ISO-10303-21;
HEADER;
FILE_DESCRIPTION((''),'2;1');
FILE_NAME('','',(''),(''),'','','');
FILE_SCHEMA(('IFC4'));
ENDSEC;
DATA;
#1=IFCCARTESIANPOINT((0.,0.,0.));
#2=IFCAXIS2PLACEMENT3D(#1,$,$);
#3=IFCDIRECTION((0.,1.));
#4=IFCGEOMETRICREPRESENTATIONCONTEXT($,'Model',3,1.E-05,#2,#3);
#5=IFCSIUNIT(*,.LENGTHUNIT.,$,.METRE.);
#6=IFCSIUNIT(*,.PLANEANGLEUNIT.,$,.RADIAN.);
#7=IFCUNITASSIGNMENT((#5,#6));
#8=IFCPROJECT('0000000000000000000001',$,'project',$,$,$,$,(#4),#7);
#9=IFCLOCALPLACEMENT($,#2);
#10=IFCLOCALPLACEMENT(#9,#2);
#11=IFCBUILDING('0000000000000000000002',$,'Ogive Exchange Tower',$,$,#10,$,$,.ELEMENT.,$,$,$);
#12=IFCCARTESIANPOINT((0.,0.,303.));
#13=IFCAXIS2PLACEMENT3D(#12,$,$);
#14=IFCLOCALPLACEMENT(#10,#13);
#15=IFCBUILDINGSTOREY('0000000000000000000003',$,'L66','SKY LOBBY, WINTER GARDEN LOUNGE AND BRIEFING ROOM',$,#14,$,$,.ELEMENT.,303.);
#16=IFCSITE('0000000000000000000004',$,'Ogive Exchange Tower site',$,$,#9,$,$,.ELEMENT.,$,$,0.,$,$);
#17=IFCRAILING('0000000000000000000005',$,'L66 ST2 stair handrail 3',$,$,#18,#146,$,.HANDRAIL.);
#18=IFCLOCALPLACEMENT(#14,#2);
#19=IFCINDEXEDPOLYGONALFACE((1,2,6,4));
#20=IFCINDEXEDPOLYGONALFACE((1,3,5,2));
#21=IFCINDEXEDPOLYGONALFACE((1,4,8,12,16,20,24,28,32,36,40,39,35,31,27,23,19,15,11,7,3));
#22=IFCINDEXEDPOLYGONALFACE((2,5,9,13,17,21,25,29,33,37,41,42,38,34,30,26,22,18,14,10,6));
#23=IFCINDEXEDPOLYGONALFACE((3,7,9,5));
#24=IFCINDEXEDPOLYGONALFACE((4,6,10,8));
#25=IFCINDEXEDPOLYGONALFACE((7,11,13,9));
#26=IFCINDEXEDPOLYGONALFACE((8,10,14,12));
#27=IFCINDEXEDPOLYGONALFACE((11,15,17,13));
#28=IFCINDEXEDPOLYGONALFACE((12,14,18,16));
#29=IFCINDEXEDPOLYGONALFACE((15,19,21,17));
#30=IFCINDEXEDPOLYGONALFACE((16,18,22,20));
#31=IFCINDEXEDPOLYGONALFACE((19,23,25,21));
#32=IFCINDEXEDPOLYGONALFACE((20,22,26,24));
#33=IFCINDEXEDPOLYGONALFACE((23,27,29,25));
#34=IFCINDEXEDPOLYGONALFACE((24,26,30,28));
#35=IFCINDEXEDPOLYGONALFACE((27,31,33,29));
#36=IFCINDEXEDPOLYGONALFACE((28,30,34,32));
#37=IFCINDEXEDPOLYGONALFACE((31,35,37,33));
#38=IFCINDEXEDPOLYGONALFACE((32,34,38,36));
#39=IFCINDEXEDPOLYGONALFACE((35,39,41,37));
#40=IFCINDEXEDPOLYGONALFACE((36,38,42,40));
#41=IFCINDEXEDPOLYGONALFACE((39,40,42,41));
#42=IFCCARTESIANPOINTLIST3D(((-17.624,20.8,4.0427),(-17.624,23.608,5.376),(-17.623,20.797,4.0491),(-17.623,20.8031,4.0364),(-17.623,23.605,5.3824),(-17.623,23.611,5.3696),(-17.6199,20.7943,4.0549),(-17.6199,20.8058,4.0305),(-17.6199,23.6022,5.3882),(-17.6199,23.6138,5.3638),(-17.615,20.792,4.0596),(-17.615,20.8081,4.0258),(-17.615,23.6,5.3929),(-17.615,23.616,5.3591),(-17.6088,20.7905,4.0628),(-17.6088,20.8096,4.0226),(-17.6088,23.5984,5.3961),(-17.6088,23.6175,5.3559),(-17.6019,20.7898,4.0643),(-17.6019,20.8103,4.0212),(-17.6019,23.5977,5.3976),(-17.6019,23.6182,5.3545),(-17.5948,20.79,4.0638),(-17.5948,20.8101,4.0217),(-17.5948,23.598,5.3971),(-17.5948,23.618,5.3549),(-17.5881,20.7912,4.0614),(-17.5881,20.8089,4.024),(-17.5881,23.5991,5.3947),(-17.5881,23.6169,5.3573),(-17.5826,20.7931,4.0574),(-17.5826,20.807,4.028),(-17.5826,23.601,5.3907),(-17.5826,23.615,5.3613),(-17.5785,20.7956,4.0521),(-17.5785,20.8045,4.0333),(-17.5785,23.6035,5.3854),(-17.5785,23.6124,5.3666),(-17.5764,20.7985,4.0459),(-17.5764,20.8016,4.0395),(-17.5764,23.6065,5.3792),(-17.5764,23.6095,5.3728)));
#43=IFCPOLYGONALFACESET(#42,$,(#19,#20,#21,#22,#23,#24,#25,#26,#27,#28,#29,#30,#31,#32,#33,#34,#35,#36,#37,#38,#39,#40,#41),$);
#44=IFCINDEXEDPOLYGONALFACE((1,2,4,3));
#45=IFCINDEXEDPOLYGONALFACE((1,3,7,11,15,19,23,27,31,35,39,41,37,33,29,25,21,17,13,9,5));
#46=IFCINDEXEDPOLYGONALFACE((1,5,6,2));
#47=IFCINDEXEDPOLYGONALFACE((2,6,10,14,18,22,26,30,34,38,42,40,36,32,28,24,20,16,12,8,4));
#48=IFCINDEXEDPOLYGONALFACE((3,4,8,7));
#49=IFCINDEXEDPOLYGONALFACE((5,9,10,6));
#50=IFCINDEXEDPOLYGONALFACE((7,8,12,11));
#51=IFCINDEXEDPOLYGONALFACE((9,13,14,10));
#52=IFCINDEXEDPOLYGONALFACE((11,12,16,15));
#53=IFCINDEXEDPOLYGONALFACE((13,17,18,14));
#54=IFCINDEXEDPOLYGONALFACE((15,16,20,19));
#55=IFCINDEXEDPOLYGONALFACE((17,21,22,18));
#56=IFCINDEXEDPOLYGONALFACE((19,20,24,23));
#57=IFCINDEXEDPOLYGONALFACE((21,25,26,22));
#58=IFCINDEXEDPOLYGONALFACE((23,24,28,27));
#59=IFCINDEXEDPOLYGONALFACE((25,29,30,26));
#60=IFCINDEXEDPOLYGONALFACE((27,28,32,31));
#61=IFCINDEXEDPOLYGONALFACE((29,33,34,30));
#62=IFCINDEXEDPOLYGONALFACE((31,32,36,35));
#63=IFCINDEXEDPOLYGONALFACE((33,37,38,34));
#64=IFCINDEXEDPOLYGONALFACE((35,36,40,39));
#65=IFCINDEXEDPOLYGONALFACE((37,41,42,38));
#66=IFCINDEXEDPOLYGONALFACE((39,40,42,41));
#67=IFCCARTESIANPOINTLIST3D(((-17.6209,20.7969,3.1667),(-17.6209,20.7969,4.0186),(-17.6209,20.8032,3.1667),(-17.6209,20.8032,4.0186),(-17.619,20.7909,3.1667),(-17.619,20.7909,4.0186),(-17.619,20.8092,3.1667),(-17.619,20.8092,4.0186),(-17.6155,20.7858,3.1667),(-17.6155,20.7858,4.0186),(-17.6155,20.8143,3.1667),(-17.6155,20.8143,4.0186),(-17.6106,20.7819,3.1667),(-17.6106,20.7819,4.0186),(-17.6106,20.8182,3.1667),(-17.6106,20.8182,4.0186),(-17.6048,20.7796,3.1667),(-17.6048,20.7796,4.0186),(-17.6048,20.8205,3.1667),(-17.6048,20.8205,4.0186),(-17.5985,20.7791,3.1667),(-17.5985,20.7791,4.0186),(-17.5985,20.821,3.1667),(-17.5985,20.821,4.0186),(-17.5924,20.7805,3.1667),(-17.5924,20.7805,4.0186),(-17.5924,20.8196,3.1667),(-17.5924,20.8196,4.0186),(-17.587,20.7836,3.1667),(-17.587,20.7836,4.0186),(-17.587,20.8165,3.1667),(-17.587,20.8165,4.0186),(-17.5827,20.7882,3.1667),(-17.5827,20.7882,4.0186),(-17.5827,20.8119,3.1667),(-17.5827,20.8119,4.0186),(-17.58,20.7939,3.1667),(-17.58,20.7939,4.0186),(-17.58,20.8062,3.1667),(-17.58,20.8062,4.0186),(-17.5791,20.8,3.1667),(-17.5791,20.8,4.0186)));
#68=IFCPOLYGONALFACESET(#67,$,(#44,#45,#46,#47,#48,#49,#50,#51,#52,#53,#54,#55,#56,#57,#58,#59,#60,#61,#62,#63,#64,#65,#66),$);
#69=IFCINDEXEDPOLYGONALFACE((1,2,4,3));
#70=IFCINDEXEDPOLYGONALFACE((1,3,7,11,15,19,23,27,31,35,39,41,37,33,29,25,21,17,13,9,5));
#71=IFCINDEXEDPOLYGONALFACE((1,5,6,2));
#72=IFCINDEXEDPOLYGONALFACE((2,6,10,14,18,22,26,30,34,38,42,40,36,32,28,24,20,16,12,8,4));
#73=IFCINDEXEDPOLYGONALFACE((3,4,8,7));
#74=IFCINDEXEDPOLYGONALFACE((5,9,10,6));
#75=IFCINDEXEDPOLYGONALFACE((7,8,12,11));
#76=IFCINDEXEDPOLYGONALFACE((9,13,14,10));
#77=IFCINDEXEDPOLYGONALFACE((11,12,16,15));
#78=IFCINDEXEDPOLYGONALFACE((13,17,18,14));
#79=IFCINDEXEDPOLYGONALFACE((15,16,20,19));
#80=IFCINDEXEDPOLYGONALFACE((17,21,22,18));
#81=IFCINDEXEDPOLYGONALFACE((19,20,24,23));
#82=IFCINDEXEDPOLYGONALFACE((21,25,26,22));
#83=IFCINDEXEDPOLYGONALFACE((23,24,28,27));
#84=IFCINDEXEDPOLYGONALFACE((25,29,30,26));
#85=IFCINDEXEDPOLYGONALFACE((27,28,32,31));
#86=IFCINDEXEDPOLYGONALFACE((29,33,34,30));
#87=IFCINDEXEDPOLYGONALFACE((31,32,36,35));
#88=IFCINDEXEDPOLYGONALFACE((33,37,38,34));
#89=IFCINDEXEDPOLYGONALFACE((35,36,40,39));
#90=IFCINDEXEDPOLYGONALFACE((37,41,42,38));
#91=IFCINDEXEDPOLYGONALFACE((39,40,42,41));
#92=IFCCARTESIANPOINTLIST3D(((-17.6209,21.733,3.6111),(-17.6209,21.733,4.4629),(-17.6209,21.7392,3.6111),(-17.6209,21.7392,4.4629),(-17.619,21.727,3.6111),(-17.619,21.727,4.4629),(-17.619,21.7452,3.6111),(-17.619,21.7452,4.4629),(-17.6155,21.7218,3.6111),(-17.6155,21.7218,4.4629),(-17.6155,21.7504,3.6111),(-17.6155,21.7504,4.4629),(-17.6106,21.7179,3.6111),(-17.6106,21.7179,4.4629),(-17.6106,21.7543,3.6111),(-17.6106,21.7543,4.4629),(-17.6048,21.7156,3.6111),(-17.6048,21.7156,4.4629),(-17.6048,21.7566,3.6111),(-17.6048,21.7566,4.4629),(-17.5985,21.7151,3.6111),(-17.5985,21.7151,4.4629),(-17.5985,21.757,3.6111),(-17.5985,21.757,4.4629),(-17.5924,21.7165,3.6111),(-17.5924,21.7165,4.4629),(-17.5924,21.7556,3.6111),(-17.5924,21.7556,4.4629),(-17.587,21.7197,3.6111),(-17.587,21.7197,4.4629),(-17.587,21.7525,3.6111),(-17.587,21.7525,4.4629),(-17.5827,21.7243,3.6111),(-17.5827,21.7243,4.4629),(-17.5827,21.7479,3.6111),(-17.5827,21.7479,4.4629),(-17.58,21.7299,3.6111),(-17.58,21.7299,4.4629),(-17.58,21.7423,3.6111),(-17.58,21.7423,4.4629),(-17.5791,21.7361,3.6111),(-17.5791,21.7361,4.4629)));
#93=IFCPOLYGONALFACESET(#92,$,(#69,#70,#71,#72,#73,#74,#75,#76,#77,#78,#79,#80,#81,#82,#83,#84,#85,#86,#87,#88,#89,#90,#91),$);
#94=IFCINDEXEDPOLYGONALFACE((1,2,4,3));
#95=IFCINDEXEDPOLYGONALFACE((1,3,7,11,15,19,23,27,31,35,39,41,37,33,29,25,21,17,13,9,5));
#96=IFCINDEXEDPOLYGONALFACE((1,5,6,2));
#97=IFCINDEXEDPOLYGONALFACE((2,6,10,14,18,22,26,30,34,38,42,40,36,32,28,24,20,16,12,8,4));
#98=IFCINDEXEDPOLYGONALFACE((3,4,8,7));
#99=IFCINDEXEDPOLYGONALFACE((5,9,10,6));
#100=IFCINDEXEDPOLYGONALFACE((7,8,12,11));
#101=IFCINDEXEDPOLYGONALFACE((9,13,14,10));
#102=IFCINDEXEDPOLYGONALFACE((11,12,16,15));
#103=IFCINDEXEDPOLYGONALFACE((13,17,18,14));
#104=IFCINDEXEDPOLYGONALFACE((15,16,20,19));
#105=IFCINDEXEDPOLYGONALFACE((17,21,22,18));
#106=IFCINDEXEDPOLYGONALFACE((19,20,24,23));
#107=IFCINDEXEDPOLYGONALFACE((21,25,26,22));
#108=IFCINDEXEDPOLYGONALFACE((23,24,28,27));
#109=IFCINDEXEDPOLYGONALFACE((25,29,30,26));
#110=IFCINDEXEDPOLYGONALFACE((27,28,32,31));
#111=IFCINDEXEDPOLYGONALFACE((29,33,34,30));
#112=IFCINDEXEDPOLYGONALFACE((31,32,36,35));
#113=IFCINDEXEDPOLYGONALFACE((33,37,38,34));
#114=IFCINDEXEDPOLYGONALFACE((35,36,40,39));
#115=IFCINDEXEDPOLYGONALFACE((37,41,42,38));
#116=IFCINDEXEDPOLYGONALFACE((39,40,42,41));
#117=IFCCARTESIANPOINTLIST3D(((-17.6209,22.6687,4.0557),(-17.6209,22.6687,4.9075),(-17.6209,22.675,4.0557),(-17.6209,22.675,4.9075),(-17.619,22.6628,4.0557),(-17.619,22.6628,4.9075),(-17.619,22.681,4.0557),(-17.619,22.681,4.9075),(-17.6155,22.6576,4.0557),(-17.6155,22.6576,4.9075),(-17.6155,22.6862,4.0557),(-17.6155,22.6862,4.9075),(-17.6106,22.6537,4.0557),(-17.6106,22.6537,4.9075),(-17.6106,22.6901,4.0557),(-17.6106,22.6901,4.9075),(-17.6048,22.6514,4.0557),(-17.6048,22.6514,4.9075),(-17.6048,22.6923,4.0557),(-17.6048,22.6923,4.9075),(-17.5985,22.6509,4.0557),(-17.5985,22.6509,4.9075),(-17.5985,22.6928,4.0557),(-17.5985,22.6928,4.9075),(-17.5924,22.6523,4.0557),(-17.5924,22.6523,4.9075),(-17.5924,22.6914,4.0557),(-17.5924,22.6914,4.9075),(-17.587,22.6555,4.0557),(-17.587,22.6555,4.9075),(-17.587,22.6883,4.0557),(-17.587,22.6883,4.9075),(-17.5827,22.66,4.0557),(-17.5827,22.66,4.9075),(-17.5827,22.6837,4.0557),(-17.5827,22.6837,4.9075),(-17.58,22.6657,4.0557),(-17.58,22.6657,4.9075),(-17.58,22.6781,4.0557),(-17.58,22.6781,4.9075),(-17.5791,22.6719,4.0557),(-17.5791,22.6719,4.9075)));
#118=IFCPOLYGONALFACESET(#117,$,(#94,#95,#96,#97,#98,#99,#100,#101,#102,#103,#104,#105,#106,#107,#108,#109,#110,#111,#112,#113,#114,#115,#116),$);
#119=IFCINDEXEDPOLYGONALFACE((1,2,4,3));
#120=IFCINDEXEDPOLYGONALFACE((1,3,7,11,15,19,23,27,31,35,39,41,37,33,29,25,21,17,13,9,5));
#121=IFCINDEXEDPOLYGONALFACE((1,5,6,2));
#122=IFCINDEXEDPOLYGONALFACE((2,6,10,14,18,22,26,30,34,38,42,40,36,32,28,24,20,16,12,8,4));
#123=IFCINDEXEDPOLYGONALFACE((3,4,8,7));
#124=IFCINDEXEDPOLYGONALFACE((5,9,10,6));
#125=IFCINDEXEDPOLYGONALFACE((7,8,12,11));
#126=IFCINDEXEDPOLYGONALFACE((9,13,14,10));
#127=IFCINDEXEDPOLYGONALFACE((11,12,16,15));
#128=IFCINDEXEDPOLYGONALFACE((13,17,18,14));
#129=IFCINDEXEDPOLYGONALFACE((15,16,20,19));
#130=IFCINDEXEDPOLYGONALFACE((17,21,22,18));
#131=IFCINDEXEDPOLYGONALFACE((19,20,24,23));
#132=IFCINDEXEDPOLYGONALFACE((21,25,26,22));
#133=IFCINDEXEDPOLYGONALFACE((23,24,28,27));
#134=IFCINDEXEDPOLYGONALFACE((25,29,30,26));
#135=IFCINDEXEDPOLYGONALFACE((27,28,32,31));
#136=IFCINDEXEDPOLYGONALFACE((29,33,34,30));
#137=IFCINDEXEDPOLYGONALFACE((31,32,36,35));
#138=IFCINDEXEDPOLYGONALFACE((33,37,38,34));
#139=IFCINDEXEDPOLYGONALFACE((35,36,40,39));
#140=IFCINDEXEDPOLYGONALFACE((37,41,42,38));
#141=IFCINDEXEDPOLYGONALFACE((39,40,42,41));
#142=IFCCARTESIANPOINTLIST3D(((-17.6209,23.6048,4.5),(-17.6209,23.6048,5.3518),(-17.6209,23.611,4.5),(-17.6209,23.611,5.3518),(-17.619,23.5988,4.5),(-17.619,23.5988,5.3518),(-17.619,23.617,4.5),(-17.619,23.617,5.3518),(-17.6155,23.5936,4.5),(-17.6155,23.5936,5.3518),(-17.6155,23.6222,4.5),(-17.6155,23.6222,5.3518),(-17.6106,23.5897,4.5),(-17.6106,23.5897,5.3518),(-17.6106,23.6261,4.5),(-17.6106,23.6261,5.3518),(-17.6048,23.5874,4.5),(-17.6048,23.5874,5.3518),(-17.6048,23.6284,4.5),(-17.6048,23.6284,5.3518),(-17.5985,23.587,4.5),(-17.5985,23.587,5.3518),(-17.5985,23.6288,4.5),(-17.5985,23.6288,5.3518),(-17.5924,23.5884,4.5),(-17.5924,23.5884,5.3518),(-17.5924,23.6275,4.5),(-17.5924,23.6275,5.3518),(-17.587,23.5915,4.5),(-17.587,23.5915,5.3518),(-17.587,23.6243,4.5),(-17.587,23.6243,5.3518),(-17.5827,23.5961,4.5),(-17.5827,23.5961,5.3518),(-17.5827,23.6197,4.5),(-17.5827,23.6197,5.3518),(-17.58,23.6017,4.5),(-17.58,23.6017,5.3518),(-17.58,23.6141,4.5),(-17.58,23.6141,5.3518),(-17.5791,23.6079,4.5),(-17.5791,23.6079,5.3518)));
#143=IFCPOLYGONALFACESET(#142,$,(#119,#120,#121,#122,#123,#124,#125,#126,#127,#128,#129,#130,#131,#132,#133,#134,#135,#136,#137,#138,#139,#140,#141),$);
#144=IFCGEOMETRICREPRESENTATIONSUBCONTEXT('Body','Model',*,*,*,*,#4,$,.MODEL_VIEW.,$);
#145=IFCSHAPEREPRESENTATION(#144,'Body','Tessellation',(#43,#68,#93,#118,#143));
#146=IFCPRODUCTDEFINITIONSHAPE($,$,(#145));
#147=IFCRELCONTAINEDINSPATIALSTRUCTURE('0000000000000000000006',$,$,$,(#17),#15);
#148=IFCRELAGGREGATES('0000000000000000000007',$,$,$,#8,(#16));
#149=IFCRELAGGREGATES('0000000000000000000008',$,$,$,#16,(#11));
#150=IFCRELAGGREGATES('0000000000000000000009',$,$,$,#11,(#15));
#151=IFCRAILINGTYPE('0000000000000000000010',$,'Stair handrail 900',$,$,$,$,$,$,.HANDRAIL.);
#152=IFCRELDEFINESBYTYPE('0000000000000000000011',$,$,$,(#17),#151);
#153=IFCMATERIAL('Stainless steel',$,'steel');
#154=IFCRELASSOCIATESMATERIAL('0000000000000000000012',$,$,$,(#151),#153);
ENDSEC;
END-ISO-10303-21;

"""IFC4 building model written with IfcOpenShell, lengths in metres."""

from ifc_helpers import new_model, si_unit, direction, frame, origin, origin_2d, place, context, subcontext, project, spatial, circle, extrude, material, type_object, element, save


model = new_model("IFC4")

# Units and contexts
model_context = context("Model", 3, precision=1e-05, world=origin(), true_north=direction((0.0, 1.0)))
body_context = subcontext(model_context, "Body", "Model", "MODEL_VIEW")
ifc_project = project(units=[si_unit("LENGTHUNIT", "METRE"), si_unit("PLANEANGLEUNIT", "RADIAN")], contexts=[model_context])

# Site, building, storey
site_placement = place(None, origin())
site = spatial("IfcSite", under=ifc_project, at=site_placement, Name="Ogive Exchange Tower site", CompositionType="ELEMENT", RefElevation=0.0)
building_placement = place(site_placement, origin())
building = spatial("IfcBuilding", under=site, at=building_placement, Name="Ogive Exchange Tower", CompositionType="ELEMENT")
storey_placement = place(building_placement, frame((0.0, 0.0, 303.0)))
storey = spatial("IfcBuildingStorey", under=building, at=storey_placement, Name="L66", Description="SKY LOBBY, WINTER GARDEN LOUNGE AND BRIEFING ROOM", CompositionType="ELEMENT", Elevation=303.0)

# Railing
ifc_material_1 = material(Name="Stainless steel", Category="steel")
railing_type = type_object("IfcRailingType", Name="Stair handrail 900", PredefinedType="HANDRAIL", material=ifc_material_1)
railing_1_placement = place(storey_placement, frame((-17.6001, 20.8, 3.1667)))
element("IfcRailing", 1, at=railing_1_placement, inside=storey, type_object=railing_type, Name="L66 ST2 stair handrail 3", PredefinedType="HANDRAIL", context=body_context, shape_type="SweptSolid", body=[
    extrude(circle(Radius=0.0239, at=origin_2d()), frame((0.0, 0.0, 0.876), z_axis=(0.0, 0.903338, 0.42893), x_axis=(-1.0, 0.0, 0.0)), (0.0, 0.0, 1.0), 3.1084),
    extrude(circle(Radius=0.021, at=origin_2d()), origin(), (0.0, 0.0, 1.0), 0.8518),
    extrude(circle(Radius=0.021, at=origin_2d()), frame((0.0, 0.936, 0.4443)), (0.0, 0.0, 1.0), 0.8518),
    extrude(circle(Radius=0.021, at=origin_2d()), frame((0.0, 1.8718, 0.8889)), (0.0, 0.0, 1.0), 0.8518),
    extrude(circle(Radius=0.021, at=origin_2d()), frame((0.0, 2.8079, 1.3333)), (0.0, 0.0, 1.0), 0.8518),
])

save(model, "model.ifc")
